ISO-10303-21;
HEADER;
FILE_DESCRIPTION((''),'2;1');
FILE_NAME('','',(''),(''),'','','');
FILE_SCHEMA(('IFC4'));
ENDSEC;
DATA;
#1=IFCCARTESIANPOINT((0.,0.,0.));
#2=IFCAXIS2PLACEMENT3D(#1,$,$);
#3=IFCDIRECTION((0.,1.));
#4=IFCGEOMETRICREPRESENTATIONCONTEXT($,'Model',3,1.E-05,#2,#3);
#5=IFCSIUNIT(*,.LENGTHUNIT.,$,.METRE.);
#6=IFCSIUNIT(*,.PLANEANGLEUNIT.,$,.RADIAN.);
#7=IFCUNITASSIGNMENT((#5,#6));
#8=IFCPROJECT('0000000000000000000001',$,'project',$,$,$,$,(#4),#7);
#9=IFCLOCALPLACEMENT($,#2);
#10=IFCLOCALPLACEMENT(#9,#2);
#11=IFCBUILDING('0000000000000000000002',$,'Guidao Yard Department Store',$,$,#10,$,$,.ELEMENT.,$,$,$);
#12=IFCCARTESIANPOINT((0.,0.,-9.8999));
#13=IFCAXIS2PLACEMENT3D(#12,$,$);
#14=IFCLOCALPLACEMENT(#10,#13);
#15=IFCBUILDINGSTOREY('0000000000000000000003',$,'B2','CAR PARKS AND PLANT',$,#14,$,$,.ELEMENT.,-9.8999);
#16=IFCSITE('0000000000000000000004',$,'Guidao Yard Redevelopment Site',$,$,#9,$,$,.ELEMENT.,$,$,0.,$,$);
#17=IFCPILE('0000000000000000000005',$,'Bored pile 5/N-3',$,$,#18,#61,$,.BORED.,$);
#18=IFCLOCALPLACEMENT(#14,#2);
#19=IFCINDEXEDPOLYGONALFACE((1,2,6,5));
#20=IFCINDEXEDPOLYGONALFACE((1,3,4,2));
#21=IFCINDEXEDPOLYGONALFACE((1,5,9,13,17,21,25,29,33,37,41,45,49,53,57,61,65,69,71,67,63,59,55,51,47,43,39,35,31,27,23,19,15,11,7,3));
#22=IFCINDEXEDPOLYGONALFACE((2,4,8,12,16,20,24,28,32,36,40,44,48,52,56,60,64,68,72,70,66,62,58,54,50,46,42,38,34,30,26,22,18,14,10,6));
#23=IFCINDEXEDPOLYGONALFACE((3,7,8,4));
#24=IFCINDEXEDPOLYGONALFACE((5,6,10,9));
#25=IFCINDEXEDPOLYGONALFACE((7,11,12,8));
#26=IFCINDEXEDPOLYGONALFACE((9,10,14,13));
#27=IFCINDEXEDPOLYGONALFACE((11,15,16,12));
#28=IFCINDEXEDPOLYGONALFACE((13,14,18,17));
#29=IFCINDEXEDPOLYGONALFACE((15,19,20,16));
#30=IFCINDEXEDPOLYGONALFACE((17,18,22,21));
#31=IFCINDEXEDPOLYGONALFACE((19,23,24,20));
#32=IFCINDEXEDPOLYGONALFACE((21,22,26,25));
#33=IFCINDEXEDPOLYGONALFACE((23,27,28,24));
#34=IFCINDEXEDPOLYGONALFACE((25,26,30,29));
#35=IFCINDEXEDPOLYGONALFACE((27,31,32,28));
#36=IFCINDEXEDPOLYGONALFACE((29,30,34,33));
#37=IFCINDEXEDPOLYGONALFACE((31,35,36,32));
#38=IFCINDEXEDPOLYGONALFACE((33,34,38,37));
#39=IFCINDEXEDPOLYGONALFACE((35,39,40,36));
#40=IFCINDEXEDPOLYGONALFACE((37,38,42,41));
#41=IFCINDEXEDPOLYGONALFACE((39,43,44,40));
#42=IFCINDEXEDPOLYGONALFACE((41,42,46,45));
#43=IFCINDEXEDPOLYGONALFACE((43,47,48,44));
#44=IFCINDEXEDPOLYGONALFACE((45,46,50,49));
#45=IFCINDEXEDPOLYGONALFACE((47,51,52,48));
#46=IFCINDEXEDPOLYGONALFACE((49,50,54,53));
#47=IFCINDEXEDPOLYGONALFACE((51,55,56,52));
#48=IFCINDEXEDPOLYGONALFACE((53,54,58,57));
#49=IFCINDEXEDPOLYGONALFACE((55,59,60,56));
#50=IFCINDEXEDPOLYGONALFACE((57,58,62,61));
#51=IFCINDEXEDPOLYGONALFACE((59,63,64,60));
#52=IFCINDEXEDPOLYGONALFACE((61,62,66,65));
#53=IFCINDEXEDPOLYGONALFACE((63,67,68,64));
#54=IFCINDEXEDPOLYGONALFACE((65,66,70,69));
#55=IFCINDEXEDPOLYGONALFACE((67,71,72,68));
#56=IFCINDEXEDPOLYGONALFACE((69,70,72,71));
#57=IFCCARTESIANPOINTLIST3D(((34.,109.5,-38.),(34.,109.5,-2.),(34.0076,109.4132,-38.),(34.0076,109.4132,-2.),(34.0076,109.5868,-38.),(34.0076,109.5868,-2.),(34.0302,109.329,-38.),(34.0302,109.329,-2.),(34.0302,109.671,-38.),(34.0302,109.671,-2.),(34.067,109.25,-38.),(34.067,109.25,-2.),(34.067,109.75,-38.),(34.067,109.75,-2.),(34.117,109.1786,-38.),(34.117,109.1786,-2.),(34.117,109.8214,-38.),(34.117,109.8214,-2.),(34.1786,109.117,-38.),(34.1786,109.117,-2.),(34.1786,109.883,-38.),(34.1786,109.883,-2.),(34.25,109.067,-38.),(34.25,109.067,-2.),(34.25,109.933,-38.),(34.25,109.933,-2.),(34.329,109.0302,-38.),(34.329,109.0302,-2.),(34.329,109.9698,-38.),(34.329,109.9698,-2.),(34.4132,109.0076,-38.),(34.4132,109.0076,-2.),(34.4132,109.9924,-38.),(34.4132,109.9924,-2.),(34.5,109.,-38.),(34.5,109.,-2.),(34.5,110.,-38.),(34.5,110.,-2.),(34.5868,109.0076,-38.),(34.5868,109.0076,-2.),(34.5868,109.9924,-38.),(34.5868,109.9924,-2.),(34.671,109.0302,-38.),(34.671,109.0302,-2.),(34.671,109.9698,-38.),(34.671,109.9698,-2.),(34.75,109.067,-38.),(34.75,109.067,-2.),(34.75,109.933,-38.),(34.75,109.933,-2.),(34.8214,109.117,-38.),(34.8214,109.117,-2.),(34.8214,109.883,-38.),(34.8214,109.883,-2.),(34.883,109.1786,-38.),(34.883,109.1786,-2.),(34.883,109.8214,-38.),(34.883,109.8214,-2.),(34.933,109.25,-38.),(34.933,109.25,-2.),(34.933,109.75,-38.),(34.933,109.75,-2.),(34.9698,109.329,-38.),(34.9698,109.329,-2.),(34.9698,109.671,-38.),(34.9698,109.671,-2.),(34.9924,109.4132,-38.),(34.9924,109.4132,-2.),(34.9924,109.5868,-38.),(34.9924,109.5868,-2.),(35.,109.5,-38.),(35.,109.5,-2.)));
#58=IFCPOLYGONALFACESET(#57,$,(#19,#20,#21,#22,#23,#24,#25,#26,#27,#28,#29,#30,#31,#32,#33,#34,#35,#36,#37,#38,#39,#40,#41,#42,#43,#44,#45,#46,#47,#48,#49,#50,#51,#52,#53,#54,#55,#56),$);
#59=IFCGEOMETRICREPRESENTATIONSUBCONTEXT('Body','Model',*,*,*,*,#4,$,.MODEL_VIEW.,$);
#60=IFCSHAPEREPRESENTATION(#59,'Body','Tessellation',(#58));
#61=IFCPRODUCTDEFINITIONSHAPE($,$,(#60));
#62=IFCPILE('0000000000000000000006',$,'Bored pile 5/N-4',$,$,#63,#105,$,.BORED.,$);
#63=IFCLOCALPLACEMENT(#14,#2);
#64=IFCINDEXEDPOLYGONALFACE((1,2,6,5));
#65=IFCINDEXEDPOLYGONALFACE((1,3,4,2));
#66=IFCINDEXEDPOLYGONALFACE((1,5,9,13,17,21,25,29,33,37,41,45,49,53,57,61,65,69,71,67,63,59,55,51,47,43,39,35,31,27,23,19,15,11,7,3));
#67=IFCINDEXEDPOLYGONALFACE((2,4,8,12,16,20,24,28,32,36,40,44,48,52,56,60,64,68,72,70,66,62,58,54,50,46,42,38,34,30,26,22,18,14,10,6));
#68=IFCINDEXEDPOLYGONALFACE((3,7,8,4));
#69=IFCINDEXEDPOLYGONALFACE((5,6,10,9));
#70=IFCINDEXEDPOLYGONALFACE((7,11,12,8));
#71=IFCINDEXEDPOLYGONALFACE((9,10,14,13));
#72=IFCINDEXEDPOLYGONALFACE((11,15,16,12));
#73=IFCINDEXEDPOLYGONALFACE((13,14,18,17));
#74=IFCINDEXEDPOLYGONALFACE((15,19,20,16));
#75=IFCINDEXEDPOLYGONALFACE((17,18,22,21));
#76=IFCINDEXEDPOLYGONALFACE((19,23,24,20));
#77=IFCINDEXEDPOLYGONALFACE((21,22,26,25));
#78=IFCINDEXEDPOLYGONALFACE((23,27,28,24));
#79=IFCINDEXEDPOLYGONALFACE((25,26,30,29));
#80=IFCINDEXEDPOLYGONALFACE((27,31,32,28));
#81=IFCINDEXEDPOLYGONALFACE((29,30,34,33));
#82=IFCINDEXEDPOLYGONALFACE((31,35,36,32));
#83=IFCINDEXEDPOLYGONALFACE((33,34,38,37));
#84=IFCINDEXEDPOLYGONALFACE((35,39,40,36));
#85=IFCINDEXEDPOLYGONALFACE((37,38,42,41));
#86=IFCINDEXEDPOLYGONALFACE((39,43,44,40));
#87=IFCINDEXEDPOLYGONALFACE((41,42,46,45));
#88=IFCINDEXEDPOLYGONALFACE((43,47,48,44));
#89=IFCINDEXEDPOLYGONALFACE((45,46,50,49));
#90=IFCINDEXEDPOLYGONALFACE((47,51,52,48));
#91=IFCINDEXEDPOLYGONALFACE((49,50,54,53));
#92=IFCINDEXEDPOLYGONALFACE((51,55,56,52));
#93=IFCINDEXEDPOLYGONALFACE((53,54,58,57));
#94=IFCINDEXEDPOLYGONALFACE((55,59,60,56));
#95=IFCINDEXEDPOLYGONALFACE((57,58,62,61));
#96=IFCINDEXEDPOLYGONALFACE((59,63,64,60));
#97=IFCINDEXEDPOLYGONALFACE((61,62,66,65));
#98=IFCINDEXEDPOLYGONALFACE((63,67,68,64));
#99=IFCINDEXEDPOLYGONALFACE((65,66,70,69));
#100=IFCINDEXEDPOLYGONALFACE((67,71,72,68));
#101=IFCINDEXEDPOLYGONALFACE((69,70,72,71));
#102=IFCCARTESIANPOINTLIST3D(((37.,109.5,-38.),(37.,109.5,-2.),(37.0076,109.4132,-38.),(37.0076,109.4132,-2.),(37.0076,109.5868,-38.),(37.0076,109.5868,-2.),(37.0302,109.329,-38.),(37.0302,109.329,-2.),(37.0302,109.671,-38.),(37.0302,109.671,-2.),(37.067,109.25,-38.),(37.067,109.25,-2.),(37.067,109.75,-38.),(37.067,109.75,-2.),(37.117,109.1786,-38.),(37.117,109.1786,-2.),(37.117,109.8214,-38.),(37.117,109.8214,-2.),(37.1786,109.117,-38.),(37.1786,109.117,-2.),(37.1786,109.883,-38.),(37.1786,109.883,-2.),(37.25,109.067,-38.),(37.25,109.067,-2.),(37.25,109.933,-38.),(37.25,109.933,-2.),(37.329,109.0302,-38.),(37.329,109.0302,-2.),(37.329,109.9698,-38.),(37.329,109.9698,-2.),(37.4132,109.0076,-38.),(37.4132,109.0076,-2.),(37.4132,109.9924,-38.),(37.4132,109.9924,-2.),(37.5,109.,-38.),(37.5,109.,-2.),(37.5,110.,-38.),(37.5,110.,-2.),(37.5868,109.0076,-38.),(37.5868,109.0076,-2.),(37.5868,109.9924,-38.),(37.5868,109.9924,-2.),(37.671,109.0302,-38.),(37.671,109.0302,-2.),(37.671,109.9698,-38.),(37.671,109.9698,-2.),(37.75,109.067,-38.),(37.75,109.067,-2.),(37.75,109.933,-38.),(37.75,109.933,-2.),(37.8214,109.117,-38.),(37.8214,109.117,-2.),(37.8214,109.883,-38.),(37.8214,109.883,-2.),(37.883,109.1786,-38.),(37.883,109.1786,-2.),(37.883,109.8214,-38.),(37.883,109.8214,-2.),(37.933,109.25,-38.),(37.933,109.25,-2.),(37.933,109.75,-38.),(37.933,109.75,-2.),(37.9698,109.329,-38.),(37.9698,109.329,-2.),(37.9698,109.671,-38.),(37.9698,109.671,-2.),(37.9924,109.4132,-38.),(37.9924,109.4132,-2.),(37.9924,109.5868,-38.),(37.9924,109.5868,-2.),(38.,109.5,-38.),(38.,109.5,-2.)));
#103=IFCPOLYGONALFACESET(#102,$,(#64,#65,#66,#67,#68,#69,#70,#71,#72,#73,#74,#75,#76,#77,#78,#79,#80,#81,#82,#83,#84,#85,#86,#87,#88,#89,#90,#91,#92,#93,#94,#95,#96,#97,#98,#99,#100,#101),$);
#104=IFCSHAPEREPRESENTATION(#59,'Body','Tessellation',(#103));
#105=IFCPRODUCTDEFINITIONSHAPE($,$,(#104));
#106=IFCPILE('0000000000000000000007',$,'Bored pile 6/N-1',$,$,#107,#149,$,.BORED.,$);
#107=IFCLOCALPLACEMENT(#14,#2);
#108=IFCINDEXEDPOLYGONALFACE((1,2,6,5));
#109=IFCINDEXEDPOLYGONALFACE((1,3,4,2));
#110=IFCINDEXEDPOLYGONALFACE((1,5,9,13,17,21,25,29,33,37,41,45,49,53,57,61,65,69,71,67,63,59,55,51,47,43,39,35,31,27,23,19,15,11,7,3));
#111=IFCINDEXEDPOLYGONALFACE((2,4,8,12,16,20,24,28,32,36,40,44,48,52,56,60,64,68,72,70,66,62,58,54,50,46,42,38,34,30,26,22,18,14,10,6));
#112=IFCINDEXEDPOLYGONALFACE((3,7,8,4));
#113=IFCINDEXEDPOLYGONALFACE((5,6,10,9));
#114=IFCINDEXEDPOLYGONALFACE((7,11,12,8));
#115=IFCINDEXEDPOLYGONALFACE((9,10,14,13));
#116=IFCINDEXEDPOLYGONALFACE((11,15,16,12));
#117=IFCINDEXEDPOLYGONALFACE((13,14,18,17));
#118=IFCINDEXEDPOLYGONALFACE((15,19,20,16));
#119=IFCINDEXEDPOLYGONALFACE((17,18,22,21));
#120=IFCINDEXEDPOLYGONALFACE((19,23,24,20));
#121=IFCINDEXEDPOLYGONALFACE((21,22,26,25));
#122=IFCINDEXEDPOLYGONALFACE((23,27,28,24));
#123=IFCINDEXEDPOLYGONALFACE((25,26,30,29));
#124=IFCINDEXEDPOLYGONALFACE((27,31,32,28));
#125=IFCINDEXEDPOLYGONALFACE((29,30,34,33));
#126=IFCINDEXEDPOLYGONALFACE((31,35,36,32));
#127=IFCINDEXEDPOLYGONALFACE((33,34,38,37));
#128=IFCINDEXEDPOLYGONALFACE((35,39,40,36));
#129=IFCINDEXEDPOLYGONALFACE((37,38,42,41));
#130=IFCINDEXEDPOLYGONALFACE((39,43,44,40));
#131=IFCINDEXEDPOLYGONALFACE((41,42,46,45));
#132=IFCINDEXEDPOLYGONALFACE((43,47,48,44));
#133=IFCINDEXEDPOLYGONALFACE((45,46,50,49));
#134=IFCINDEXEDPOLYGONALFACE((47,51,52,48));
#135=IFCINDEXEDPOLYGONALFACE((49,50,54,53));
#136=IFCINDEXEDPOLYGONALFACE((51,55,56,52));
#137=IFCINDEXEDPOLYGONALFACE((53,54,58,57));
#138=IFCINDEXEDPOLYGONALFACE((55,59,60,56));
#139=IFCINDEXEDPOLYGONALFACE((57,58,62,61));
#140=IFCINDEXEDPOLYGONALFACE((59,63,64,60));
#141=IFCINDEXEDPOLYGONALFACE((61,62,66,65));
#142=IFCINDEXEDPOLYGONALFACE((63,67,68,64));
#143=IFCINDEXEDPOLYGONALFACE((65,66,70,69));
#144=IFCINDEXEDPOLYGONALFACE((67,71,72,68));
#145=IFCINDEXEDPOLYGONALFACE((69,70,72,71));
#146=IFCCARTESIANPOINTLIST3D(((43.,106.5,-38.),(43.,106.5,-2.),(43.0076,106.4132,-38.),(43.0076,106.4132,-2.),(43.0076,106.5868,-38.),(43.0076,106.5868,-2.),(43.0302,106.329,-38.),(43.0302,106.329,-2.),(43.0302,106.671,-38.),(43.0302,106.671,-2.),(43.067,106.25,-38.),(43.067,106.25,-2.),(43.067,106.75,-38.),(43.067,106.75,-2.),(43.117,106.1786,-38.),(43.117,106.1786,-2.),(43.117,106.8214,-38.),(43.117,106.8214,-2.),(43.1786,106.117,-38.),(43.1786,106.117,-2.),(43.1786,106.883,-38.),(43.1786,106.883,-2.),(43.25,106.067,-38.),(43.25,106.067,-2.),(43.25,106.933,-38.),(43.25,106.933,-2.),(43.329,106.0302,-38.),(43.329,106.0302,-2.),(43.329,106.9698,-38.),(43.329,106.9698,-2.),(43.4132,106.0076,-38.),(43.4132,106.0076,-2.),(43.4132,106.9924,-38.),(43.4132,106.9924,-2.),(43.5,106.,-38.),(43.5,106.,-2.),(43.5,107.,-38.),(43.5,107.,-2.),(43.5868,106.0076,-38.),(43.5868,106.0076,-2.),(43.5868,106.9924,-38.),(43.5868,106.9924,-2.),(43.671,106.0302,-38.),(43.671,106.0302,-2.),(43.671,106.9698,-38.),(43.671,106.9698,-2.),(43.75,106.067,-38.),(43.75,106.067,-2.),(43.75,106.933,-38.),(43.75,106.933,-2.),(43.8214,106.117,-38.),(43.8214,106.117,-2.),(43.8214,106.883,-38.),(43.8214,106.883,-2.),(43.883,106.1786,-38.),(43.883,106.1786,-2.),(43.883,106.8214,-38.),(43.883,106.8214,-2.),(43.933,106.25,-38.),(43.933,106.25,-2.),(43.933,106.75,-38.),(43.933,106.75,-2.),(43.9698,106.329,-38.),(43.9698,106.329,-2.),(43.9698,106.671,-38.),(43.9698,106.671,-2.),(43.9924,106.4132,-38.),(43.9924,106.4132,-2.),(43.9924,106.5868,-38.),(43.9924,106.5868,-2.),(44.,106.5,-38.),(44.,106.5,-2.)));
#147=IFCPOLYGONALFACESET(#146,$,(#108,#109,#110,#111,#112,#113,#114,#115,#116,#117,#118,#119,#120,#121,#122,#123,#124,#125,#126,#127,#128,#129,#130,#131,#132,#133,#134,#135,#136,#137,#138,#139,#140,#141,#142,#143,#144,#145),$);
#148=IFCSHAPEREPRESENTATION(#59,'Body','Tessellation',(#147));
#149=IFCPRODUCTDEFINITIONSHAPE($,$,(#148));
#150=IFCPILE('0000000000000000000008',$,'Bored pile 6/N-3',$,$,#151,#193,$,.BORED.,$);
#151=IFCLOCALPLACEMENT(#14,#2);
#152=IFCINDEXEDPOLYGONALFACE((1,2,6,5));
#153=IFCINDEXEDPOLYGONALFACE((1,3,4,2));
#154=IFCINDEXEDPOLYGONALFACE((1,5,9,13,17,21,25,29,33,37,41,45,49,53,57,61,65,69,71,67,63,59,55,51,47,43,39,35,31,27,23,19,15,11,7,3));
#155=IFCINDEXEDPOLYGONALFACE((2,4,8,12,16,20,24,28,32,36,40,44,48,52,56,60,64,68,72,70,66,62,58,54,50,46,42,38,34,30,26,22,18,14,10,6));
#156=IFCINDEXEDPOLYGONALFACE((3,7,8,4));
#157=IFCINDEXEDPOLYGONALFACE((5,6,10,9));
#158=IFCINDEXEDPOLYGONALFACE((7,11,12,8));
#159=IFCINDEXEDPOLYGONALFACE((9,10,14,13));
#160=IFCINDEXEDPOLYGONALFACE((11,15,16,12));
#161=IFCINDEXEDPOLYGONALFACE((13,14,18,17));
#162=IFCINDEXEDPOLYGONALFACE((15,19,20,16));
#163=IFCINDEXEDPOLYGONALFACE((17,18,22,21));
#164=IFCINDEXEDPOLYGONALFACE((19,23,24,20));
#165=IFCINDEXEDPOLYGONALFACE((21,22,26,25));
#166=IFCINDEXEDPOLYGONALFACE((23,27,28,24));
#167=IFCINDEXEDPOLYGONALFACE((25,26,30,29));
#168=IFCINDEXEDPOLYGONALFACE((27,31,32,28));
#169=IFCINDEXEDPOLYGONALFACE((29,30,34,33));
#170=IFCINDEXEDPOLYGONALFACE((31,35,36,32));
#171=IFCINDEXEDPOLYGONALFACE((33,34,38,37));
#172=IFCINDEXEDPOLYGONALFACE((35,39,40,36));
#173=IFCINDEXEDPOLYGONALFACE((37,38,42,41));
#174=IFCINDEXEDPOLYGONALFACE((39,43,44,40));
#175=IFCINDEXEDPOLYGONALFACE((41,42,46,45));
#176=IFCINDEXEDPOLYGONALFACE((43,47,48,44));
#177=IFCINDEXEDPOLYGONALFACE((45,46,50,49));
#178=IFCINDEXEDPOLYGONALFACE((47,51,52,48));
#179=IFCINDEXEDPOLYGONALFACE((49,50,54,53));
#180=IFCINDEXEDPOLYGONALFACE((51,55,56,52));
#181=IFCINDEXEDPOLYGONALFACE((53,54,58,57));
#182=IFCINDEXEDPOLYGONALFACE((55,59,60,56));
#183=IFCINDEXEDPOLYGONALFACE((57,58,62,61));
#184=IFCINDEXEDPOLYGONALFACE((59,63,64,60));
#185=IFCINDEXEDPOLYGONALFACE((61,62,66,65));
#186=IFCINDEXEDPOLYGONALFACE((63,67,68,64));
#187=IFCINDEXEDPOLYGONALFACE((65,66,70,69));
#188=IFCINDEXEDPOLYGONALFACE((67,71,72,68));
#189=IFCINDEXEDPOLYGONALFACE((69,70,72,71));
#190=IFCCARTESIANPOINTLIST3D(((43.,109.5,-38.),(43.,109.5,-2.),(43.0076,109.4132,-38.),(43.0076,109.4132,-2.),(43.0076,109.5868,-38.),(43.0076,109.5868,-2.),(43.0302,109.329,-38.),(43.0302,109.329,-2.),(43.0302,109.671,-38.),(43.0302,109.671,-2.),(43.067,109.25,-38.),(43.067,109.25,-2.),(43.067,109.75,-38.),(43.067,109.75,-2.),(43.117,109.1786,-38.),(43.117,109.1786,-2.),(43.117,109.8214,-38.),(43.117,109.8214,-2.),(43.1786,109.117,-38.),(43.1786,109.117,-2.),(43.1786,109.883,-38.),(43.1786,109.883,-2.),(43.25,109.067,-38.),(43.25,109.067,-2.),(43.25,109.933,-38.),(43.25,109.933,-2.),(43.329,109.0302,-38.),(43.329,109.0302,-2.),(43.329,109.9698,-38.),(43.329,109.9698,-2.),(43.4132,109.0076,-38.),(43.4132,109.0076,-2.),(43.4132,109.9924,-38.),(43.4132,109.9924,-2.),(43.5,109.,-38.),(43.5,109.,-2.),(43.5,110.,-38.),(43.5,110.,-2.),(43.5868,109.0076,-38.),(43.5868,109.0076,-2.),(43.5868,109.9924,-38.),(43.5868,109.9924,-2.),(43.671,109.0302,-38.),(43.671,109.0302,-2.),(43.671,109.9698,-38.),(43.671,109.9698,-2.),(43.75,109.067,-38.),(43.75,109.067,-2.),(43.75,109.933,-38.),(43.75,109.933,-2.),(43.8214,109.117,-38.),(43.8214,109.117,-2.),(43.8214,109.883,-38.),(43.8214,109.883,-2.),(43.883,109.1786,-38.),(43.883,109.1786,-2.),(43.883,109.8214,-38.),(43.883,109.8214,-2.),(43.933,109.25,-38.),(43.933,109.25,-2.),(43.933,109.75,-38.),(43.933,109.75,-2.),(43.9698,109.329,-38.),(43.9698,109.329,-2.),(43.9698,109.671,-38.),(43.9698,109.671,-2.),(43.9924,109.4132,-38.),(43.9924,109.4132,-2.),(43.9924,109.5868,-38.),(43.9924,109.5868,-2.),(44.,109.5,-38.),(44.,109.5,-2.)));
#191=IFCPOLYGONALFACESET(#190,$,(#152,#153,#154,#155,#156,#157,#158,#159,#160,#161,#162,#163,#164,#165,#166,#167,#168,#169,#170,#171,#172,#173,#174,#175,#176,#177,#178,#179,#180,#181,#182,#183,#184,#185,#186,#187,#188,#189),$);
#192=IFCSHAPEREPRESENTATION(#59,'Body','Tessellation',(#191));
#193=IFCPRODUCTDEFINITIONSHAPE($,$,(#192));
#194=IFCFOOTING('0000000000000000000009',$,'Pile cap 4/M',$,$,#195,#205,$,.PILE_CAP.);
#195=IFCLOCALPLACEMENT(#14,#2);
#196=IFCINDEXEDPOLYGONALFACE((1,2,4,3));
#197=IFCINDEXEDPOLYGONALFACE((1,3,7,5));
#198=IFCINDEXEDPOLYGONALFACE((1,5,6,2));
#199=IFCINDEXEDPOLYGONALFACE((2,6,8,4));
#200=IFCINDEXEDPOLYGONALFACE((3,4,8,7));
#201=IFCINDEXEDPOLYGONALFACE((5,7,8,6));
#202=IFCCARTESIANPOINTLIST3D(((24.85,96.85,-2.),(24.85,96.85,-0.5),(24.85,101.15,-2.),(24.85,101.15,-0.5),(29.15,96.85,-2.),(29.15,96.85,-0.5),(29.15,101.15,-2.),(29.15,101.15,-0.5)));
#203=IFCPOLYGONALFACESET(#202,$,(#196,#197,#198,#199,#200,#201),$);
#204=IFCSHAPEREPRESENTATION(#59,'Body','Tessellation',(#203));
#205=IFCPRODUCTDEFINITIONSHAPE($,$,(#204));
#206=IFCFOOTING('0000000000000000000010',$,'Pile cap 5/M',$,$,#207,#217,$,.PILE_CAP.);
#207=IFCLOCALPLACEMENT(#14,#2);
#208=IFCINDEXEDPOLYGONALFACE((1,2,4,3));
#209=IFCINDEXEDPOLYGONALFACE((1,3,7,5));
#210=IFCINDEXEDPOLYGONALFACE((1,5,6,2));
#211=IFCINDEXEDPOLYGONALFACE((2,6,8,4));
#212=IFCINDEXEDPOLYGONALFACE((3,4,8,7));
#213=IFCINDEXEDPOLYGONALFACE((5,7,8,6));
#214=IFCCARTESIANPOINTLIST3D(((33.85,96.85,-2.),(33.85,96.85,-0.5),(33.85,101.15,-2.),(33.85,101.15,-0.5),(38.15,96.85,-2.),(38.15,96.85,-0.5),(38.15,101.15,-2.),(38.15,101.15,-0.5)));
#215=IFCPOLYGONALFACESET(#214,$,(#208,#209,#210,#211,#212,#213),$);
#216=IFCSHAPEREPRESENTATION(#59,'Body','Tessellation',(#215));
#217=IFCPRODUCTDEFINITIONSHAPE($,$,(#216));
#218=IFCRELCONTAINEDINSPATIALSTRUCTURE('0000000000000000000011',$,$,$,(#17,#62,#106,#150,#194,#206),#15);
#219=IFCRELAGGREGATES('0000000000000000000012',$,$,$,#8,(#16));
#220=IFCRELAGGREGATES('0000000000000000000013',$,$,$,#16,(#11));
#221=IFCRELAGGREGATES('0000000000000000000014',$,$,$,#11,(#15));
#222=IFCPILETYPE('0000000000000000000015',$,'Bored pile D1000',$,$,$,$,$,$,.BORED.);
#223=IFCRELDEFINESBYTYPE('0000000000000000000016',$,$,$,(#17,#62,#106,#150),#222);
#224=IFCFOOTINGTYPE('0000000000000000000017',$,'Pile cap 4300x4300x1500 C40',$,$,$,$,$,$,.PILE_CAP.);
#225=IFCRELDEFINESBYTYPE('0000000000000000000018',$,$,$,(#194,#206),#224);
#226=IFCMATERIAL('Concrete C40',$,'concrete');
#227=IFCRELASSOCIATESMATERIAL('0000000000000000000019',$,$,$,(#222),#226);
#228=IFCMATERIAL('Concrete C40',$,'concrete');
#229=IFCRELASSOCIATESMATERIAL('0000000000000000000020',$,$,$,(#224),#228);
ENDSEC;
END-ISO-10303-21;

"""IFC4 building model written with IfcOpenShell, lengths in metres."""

from ifc_helpers import new_model, si_unit, direction, frame, origin, origin_2d, place, context, subcontext, project, spatial, rectangle, circle, extrude, material, material_profile, profile_set, type_object, element, save


model = new_model("IFC4")

# Units and contexts
model_context = context("Model", 3, precision=1e-05, world=origin(), true_north=direction((0.0, 1.0)))
body_context = subcontext(model_context, "Body", "Model", "MODEL_VIEW")
ifc_project = project(units=[si_unit("LENGTHUNIT", "METRE"), si_unit("PLANEANGLEUNIT", "RADIAN")], contexts=[model_context])

# Site, building, storey
site_placement = place(None, origin())
site = spatial("IfcSite", under=ifc_project, at=site_placement, Name="Guidao Yard Redevelopment Site", CompositionType="ELEMENT", RefElevation=0.0)
building_placement = place(site_placement, origin())
building = spatial("IfcBuilding", under=site, at=building_placement, Name="Guidao Yard Department Store", CompositionType="ELEMENT")
storey_placement = place(building_placement, frame((0.0, 0.0, -9.8999)))
storey = spatial("IfcBuildingStorey", under=building, at=storey_placement, Name="B2", Description="CAR PARKS AND PLANT", CompositionType="ELEMENT", Elevation=-9.8999)

# Piles
ifc_material_1 = material(Name="Concrete C40", Category="concrete")
ifc_material_profile_1 = material_profile(ifc_material_1, circle(Radius=0.5, at=origin_2d()), Name="Bored pile D1000")
ifc_profile_set_1 = profile_set([ifc_material_profile_1], Name="Concrete C40")
pile_type = type_object("IfcPileType", Name="Bored pile D1000", PredefinedType="BORED", material=ifc_profile_set_1)
for number, where, z_axis, x_axis, name in (
    (1, (34.5, 109.5, -2.0), (0.0, 0.0, -1.0), (1.0, 0.0, 0.0), "Bored pile 5/N-3"),
    (2, (37.5, 109.5, -2.0), (0.0, 0.0, -1.0), (1.0, 0.0, 0.0), "Bored pile 5/N-4"),
    (3, (43.5, 106.5, -2.0), (0.0, 0.0, -1.0), (1.0, 0.0, 0.0), "Bored pile 6/N-1"),
    (4, (43.5, 109.5, -2.0), (0.0, 0.0, -1.0), (1.0, 0.0, 0.0), "Bored pile 6/N-3"),
):
    element("IfcPile", number, at=place(storey_placement, frame(where, z_axis=z_axis, x_axis=x_axis)), inside=storey, type_object=pile_type, Name=name, PredefinedType="BORED", context=body_context, shape_type="SweptSolid", body=[
        extrude(circle(Radius=0.5, at=origin_2d()), origin(), (0.0, 0.0, 1.0), 36.0),
    ])

# Footings
ifc_material_2 = material(Name="Concrete C40", Category="concrete")
footing_type = type_object("IfcFootingType", Name="Pile cap 4300x4300x1500 C40", PredefinedType="PILE_CAP", material=ifc_material_2)
for number, where, z_axis, x_axis, name in (
    (5, (27.0, 99.0, -2.0), (0.0, 0.0, 1.0), (1.0, 0.0, 0.0), "Pile cap 4/M"),
    (6, (36.0, 99.0, -2.0), (0.0, 0.0, 1.0), (1.0, 0.0, 0.0), "Pile cap 5/M"),
):
    element("IfcFooting", number, at=place(storey_placement, frame(where, z_axis=z_axis, x_axis=x_axis)), inside=storey, type_object=footing_type, Name=name, PredefinedType="PILE_CAP", context=body_context, shape_type="SweptSolid", body=[
        extrude(rectangle(XDim=4.3, YDim=4.3, at=origin_2d()), origin(), (0.0, 0.0, 1.0), 1.5),
    ])

save(model, "model.ifc")
